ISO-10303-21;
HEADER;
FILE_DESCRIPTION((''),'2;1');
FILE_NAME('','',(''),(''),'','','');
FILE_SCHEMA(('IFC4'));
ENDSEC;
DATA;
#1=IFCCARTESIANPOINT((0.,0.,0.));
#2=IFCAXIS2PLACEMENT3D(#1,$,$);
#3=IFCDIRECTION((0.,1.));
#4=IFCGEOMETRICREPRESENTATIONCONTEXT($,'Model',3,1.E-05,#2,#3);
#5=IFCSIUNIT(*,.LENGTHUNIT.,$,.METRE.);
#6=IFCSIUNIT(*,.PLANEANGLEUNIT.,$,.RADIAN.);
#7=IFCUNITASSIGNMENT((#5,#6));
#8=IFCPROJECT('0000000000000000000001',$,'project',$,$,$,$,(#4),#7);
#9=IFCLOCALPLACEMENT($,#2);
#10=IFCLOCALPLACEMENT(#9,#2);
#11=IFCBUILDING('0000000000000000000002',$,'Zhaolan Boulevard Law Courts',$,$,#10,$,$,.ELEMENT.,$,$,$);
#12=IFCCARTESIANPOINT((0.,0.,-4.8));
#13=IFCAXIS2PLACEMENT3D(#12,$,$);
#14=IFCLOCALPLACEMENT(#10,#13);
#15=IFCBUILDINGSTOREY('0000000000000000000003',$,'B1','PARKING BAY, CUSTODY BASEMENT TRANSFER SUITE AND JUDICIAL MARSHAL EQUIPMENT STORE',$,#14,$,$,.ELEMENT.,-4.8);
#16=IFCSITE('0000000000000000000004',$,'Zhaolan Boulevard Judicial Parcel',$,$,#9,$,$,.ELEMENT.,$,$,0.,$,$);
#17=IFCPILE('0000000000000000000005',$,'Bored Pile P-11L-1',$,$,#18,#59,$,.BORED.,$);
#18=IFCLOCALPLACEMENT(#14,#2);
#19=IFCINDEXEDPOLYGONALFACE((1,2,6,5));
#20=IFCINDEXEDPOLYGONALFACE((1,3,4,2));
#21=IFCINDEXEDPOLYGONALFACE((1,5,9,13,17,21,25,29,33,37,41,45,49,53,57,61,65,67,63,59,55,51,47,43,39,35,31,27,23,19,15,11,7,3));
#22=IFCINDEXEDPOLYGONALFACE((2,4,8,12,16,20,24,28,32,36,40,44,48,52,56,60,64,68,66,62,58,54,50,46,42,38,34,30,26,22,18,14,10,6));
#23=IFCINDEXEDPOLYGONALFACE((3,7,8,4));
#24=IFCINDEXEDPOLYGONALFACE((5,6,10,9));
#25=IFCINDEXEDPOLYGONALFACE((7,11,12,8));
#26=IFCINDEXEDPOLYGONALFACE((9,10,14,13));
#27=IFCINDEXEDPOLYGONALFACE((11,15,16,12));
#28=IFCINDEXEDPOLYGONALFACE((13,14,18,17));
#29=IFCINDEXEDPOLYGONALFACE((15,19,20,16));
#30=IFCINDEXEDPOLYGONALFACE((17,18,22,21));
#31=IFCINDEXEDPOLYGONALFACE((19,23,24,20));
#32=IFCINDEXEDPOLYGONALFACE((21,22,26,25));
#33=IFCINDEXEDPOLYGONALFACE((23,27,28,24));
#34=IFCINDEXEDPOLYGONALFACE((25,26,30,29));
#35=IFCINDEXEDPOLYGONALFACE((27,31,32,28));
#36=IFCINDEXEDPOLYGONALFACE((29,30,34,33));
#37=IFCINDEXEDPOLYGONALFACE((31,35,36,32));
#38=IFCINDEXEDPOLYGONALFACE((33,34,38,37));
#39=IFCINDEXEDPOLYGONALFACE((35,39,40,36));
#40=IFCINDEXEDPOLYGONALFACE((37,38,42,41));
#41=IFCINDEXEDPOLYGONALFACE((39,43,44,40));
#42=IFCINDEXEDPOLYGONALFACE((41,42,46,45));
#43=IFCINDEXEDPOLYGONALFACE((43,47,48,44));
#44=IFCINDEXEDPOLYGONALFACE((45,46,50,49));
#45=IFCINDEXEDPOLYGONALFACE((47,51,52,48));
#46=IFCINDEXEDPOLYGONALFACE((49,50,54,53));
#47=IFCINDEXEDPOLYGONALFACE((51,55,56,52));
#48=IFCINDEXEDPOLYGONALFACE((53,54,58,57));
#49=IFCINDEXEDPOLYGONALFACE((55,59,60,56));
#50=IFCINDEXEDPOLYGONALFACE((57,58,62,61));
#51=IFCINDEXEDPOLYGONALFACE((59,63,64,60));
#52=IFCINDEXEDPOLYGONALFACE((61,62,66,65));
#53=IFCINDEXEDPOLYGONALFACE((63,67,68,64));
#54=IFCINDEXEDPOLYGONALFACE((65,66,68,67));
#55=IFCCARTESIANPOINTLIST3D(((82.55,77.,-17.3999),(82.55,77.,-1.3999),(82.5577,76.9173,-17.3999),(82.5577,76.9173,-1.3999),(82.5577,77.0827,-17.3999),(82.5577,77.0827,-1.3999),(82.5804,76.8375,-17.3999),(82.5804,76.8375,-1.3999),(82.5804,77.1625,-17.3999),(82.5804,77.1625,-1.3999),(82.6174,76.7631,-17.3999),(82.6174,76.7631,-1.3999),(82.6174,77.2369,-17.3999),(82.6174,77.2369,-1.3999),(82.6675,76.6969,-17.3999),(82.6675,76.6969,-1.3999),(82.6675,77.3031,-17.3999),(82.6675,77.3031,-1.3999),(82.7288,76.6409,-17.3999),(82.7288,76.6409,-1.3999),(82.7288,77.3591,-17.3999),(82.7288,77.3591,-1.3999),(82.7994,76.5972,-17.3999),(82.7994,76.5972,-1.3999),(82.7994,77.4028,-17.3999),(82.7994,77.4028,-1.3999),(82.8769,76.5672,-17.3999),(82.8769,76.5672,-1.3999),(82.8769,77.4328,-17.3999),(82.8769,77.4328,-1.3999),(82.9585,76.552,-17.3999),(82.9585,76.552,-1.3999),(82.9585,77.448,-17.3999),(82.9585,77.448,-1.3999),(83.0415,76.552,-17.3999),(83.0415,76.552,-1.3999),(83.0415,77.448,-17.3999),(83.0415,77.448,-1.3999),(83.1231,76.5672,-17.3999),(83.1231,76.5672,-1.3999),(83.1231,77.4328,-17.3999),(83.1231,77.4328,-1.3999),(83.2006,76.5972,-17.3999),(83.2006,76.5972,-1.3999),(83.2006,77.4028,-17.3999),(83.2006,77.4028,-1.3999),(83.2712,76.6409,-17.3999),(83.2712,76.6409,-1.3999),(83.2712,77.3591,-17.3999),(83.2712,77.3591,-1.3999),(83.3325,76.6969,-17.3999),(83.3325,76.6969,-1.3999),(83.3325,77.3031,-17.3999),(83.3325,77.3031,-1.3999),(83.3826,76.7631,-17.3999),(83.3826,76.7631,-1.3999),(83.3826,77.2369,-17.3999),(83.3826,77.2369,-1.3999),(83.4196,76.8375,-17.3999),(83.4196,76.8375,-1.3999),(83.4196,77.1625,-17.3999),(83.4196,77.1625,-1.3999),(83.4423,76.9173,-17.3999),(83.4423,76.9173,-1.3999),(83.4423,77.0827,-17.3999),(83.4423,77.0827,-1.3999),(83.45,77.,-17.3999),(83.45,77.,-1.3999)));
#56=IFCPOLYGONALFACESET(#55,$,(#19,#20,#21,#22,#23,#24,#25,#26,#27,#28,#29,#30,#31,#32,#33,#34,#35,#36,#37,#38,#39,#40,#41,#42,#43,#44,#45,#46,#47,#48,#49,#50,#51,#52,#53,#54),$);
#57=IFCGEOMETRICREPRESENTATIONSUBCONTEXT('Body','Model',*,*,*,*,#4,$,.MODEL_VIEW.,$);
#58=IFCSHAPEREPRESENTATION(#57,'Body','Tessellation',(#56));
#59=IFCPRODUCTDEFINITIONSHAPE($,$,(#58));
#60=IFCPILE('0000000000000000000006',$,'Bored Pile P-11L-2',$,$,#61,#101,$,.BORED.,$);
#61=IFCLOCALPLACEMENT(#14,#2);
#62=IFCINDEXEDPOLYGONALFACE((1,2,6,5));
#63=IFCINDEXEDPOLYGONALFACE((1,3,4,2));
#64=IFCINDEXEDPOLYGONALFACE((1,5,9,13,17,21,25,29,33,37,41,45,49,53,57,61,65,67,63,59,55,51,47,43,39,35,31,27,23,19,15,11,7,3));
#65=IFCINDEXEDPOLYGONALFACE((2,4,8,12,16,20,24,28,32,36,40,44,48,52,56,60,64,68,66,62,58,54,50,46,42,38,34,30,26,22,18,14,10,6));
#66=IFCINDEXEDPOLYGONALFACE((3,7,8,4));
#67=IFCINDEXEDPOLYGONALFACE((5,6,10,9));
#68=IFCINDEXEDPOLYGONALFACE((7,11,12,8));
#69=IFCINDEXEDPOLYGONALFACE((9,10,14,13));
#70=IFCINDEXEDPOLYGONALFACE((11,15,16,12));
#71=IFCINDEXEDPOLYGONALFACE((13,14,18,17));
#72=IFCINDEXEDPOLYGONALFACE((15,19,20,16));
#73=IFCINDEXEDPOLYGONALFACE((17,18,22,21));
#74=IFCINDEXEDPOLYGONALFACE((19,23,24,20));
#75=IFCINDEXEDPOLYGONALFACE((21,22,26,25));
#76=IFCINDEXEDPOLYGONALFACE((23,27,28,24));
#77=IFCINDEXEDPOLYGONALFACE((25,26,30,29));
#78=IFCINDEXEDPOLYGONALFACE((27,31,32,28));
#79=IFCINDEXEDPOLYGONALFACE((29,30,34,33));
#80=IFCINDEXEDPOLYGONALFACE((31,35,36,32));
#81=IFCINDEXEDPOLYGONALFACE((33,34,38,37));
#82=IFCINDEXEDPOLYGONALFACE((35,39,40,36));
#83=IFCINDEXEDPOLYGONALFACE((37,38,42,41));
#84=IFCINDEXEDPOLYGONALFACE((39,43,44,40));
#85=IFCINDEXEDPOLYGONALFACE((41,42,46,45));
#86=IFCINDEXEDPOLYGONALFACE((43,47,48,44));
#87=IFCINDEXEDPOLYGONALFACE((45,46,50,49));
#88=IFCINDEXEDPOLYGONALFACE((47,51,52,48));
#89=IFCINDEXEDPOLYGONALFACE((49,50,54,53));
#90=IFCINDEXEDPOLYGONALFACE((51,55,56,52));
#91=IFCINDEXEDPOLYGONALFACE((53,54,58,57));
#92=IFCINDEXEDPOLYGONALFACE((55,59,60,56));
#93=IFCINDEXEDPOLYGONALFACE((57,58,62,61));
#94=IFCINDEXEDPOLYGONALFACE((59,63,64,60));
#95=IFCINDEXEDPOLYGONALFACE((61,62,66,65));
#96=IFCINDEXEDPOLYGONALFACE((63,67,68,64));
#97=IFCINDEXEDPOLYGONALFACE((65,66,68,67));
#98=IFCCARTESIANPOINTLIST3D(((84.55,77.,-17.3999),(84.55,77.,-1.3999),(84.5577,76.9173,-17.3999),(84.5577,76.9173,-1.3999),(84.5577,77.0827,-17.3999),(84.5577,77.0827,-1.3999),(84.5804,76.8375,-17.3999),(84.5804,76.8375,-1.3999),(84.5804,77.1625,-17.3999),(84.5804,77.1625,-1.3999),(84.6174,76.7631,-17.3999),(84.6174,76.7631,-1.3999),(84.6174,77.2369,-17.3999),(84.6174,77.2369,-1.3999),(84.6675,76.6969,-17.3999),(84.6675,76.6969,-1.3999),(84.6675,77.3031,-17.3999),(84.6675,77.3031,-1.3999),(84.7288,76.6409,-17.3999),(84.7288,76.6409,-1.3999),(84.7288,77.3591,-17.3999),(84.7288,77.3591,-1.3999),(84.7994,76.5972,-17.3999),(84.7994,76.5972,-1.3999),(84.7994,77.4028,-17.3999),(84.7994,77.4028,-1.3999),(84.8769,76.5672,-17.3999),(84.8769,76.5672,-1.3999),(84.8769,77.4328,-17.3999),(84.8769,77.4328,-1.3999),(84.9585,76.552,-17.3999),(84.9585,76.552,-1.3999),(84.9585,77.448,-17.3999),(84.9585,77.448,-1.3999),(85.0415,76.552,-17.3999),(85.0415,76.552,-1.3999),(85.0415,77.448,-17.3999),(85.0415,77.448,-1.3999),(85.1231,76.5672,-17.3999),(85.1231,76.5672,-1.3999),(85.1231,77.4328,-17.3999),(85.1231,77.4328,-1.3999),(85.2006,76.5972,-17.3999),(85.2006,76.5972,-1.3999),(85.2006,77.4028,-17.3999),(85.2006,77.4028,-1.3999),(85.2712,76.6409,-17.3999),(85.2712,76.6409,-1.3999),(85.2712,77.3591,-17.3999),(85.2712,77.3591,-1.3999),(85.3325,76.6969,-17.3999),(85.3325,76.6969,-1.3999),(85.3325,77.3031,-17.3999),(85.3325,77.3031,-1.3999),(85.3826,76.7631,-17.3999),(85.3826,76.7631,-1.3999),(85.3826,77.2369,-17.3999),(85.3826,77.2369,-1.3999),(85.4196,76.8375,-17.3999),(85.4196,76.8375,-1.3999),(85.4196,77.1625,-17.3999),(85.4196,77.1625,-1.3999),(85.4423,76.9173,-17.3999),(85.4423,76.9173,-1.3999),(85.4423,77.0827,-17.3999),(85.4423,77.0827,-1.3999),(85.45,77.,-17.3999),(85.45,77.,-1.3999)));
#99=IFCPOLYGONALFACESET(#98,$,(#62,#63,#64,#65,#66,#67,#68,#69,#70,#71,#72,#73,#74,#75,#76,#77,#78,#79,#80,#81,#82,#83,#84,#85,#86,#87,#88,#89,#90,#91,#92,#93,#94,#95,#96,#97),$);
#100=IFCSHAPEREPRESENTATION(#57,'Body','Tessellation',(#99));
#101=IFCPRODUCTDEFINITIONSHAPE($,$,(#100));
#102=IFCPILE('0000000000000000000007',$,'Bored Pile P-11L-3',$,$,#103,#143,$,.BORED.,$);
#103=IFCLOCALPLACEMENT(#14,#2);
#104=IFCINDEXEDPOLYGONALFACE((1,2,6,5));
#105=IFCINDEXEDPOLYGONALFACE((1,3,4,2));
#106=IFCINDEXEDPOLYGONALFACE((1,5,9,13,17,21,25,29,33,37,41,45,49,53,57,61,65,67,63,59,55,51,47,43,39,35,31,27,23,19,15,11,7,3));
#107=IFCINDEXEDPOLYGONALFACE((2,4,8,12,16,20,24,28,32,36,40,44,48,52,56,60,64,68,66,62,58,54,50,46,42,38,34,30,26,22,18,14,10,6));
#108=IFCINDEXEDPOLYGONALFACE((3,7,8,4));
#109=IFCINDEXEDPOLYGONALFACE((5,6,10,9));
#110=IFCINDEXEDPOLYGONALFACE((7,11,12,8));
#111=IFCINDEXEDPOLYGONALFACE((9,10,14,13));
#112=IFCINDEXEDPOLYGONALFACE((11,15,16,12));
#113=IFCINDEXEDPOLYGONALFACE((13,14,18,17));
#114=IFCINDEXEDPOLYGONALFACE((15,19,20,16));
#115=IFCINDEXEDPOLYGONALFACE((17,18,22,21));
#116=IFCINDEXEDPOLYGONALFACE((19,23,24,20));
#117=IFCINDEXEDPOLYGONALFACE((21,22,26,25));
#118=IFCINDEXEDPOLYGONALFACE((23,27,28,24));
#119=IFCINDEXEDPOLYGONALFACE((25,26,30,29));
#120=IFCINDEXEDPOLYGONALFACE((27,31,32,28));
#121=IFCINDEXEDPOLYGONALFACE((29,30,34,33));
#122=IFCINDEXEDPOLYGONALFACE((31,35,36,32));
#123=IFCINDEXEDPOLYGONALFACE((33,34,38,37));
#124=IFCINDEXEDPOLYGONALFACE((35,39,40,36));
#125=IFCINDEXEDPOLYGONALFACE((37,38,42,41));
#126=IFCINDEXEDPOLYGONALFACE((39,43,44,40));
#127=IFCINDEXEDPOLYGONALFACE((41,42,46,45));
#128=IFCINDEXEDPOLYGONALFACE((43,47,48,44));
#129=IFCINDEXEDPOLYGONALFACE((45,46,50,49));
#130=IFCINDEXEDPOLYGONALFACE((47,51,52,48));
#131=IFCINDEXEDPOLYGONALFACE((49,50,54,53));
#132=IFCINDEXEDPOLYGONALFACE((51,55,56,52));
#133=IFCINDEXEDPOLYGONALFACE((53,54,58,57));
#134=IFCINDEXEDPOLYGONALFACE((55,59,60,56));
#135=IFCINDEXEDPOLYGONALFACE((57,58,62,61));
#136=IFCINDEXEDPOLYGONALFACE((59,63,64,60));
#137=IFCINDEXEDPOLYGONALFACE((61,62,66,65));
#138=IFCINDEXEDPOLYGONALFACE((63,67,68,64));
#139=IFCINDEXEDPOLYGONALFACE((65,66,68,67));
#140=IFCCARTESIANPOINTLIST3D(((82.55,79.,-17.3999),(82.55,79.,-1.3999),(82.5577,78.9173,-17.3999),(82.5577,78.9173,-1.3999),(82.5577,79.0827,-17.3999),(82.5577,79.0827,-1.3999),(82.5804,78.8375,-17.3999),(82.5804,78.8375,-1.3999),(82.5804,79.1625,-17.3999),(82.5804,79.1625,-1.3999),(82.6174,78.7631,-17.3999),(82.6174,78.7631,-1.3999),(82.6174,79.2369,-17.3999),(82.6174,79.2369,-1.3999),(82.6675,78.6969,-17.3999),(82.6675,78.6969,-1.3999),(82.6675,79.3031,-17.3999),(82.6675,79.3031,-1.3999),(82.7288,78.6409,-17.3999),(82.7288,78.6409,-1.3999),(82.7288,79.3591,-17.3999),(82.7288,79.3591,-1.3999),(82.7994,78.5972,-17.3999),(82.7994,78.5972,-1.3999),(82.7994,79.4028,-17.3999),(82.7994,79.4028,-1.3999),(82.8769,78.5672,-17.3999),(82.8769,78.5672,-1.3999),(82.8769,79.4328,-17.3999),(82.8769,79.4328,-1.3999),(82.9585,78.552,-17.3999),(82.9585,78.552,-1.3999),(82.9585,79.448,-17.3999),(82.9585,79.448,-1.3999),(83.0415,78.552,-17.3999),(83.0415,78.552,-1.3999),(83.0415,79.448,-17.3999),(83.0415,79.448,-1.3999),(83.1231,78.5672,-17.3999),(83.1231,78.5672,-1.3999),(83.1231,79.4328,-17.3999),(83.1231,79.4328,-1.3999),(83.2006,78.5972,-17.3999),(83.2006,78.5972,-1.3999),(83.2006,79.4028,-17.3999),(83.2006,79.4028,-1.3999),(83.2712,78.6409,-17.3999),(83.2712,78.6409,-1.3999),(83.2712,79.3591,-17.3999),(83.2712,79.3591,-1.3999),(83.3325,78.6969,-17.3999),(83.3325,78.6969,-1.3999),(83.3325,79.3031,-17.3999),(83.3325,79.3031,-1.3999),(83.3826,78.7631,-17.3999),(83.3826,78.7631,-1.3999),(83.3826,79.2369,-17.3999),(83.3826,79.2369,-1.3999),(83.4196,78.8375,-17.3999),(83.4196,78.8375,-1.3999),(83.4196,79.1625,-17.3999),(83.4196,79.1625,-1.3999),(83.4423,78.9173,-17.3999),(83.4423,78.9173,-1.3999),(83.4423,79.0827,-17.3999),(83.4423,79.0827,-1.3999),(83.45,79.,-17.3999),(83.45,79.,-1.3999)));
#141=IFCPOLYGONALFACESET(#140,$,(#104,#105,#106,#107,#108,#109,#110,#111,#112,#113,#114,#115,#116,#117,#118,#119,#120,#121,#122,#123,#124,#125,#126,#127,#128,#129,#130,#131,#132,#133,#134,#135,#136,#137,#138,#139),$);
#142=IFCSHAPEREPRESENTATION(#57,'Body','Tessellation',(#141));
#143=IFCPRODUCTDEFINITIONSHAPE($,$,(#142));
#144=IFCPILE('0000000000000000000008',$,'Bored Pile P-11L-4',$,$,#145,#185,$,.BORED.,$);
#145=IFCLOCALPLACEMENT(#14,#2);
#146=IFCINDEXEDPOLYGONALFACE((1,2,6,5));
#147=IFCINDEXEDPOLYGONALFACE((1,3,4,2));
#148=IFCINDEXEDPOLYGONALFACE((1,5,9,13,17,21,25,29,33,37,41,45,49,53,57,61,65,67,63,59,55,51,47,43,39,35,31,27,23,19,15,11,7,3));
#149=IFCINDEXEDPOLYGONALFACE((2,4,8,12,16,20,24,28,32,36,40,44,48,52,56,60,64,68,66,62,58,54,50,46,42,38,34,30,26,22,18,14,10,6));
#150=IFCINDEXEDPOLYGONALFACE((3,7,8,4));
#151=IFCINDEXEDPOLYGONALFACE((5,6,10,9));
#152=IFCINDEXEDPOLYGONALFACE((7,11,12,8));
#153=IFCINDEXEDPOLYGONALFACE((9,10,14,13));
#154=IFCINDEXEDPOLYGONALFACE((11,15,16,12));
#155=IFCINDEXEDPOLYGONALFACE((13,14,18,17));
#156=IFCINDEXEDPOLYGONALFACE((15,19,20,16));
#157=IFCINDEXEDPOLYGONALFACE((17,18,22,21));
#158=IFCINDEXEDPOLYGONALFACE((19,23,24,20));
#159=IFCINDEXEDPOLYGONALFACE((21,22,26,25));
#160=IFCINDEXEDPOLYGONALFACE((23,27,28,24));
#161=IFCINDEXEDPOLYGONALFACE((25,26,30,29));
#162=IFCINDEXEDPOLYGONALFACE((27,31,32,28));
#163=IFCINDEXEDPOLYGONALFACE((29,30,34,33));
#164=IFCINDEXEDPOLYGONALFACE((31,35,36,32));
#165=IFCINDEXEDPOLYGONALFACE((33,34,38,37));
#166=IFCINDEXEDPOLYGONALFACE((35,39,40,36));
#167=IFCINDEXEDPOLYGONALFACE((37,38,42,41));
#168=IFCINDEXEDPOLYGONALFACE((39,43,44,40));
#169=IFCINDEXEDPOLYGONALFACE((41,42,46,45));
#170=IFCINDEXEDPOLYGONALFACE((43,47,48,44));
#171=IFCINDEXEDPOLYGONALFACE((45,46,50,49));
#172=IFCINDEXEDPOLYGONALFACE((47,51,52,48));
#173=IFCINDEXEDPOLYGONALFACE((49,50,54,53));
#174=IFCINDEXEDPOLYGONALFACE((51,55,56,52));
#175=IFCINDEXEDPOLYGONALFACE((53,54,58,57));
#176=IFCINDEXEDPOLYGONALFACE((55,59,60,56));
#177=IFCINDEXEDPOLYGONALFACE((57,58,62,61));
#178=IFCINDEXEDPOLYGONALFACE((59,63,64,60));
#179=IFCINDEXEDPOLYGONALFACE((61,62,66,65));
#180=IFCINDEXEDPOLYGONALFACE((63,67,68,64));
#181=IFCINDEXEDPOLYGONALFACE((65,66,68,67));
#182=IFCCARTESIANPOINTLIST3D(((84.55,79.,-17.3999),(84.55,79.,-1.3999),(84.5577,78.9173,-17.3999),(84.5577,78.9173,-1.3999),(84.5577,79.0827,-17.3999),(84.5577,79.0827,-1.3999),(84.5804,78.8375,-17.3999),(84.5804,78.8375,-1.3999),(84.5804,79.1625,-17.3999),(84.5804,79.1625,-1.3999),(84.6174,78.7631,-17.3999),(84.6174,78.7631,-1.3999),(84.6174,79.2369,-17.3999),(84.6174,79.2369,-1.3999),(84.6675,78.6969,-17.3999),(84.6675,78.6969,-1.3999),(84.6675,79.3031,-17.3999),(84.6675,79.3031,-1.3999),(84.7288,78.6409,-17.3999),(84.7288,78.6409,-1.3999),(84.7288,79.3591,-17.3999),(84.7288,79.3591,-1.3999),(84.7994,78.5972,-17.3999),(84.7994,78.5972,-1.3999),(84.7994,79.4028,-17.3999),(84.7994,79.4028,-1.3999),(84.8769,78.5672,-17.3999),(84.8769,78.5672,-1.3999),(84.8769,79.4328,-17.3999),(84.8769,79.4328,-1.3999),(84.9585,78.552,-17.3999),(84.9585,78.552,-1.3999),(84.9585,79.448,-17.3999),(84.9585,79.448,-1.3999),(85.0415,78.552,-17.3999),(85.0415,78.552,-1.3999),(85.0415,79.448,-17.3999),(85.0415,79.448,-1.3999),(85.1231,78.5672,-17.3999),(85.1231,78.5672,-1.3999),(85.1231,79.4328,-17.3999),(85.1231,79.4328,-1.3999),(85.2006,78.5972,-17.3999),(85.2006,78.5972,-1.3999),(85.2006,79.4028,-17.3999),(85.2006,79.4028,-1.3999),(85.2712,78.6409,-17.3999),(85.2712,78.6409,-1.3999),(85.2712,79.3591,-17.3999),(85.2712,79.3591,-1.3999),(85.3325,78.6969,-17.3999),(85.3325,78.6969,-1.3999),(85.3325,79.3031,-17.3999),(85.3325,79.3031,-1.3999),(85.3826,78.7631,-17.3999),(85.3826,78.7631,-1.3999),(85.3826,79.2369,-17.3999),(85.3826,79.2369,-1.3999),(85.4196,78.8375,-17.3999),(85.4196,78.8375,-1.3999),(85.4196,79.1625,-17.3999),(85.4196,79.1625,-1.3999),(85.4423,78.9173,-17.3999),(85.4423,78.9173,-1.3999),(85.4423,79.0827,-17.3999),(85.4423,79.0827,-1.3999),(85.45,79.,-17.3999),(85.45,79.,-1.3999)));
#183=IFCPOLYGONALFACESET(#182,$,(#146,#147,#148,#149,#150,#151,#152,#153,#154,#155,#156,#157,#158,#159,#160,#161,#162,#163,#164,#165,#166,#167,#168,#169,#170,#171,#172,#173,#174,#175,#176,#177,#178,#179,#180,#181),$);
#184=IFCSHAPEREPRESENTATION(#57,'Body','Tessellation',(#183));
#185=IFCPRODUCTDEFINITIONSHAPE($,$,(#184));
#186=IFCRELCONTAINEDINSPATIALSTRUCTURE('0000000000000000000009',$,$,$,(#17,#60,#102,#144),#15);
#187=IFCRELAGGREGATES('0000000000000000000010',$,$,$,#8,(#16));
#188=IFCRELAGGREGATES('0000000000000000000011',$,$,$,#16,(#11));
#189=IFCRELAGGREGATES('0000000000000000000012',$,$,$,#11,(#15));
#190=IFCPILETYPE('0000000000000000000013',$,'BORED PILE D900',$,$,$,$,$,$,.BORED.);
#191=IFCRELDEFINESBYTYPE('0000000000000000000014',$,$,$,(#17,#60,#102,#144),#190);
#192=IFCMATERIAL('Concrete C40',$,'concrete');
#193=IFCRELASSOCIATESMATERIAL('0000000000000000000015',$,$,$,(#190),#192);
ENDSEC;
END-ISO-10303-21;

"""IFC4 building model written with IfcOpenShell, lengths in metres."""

from ifc_helpers import new_model, si_unit, direction, frame, origin, origin_2d, place, context, subcontext, project, spatial, circle, extrude, material, material_profile, profile_set, type_object, element, save


model = new_model("IFC4")

# Units and contexts
model_context = context("Model", 3, precision=1e-05, world=origin(), true_north=direction((0.0, 1.0)))
body_context = subcontext(model_context, "Body", "Model", "MODEL_VIEW")
ifc_project = project(units=[si_unit("LENGTHUNIT", "METRE"), si_unit("PLANEANGLEUNIT", "RADIAN")], contexts=[model_context])

# Site, building, storey
site_placement = place(None, origin())
site = spatial("IfcSite", under=ifc_project, at=site_placement, Name="Zhaolan Boulevard Judicial Parcel", CompositionType="ELEMENT", RefElevation=0.0)
building_placement = place(site_placement, origin())
building = spatial("IfcBuilding", under=site, at=building_placement, Name="Zhaolan Boulevard Law Courts", CompositionType="ELEMENT")
storey_placement = place(building_placement, frame((0.0, 0.0, -4.8)))
storey = spatial("IfcBuildingStorey", under=building, at=storey_placement, Name="B1", Description="PARKING BAY, CUSTODY BASEMENT TRANSFER SUITE AND JUDICIAL MARSHAL EQUIPMENT STORE", CompositionType="ELEMENT", Elevation=-4.8)

# Piles
ifc_material_1 = material(Name="Concrete C40", Category="concrete")
ifc_material_profile_1 = material_profile(ifc_material_1, circle(Radius=0.45, at=origin_2d()), Name="PILE-D900")
ifc_profile_set_1 = profile_set([ifc_material_profile_1], Name="Concrete C40")
pile_type = type_object("IfcPileType", Name="BORED PILE D900", PredefinedType="BORED", material=ifc_profile_set_1)
for number, where, z_axis, x_axis, name in (
    (1, (83.0, 77.0, -1.3999), (0.0, 0.0, -1.0), (1.0, 0.0, 0.0), "Bored Pile P-11L-1"),
    (2, (85.0, 77.0, -1.3999), (0.0, 0.0, -1.0), (1.0, 0.0, 0.0), "Bored Pile P-11L-2"),
    (3, (83.0, 79.0, -1.3999), (0.0, 0.0, -1.0), (1.0, 0.0, 0.0), "Bored Pile P-11L-3"),
    (4, (85.0, 79.0, -1.3999), (0.0, 0.0, -1.0), (1.0, 0.0, 0.0), "Bored Pile P-11L-4"),
):
    element("IfcPile", number, at=place(storey_placement, frame(where, z_axis=z_axis, x_axis=x_axis)), inside=storey, type_object=pile_type, Name=name, PredefinedType="BORED", context=body_context, shape_type="SweptSolid", body=[
        extrude(circle(Radius=0.45, at=origin_2d()), origin(), (0.0, 0.0, 1.0), 16.0),
    ])

save(model, "model.ifc")
